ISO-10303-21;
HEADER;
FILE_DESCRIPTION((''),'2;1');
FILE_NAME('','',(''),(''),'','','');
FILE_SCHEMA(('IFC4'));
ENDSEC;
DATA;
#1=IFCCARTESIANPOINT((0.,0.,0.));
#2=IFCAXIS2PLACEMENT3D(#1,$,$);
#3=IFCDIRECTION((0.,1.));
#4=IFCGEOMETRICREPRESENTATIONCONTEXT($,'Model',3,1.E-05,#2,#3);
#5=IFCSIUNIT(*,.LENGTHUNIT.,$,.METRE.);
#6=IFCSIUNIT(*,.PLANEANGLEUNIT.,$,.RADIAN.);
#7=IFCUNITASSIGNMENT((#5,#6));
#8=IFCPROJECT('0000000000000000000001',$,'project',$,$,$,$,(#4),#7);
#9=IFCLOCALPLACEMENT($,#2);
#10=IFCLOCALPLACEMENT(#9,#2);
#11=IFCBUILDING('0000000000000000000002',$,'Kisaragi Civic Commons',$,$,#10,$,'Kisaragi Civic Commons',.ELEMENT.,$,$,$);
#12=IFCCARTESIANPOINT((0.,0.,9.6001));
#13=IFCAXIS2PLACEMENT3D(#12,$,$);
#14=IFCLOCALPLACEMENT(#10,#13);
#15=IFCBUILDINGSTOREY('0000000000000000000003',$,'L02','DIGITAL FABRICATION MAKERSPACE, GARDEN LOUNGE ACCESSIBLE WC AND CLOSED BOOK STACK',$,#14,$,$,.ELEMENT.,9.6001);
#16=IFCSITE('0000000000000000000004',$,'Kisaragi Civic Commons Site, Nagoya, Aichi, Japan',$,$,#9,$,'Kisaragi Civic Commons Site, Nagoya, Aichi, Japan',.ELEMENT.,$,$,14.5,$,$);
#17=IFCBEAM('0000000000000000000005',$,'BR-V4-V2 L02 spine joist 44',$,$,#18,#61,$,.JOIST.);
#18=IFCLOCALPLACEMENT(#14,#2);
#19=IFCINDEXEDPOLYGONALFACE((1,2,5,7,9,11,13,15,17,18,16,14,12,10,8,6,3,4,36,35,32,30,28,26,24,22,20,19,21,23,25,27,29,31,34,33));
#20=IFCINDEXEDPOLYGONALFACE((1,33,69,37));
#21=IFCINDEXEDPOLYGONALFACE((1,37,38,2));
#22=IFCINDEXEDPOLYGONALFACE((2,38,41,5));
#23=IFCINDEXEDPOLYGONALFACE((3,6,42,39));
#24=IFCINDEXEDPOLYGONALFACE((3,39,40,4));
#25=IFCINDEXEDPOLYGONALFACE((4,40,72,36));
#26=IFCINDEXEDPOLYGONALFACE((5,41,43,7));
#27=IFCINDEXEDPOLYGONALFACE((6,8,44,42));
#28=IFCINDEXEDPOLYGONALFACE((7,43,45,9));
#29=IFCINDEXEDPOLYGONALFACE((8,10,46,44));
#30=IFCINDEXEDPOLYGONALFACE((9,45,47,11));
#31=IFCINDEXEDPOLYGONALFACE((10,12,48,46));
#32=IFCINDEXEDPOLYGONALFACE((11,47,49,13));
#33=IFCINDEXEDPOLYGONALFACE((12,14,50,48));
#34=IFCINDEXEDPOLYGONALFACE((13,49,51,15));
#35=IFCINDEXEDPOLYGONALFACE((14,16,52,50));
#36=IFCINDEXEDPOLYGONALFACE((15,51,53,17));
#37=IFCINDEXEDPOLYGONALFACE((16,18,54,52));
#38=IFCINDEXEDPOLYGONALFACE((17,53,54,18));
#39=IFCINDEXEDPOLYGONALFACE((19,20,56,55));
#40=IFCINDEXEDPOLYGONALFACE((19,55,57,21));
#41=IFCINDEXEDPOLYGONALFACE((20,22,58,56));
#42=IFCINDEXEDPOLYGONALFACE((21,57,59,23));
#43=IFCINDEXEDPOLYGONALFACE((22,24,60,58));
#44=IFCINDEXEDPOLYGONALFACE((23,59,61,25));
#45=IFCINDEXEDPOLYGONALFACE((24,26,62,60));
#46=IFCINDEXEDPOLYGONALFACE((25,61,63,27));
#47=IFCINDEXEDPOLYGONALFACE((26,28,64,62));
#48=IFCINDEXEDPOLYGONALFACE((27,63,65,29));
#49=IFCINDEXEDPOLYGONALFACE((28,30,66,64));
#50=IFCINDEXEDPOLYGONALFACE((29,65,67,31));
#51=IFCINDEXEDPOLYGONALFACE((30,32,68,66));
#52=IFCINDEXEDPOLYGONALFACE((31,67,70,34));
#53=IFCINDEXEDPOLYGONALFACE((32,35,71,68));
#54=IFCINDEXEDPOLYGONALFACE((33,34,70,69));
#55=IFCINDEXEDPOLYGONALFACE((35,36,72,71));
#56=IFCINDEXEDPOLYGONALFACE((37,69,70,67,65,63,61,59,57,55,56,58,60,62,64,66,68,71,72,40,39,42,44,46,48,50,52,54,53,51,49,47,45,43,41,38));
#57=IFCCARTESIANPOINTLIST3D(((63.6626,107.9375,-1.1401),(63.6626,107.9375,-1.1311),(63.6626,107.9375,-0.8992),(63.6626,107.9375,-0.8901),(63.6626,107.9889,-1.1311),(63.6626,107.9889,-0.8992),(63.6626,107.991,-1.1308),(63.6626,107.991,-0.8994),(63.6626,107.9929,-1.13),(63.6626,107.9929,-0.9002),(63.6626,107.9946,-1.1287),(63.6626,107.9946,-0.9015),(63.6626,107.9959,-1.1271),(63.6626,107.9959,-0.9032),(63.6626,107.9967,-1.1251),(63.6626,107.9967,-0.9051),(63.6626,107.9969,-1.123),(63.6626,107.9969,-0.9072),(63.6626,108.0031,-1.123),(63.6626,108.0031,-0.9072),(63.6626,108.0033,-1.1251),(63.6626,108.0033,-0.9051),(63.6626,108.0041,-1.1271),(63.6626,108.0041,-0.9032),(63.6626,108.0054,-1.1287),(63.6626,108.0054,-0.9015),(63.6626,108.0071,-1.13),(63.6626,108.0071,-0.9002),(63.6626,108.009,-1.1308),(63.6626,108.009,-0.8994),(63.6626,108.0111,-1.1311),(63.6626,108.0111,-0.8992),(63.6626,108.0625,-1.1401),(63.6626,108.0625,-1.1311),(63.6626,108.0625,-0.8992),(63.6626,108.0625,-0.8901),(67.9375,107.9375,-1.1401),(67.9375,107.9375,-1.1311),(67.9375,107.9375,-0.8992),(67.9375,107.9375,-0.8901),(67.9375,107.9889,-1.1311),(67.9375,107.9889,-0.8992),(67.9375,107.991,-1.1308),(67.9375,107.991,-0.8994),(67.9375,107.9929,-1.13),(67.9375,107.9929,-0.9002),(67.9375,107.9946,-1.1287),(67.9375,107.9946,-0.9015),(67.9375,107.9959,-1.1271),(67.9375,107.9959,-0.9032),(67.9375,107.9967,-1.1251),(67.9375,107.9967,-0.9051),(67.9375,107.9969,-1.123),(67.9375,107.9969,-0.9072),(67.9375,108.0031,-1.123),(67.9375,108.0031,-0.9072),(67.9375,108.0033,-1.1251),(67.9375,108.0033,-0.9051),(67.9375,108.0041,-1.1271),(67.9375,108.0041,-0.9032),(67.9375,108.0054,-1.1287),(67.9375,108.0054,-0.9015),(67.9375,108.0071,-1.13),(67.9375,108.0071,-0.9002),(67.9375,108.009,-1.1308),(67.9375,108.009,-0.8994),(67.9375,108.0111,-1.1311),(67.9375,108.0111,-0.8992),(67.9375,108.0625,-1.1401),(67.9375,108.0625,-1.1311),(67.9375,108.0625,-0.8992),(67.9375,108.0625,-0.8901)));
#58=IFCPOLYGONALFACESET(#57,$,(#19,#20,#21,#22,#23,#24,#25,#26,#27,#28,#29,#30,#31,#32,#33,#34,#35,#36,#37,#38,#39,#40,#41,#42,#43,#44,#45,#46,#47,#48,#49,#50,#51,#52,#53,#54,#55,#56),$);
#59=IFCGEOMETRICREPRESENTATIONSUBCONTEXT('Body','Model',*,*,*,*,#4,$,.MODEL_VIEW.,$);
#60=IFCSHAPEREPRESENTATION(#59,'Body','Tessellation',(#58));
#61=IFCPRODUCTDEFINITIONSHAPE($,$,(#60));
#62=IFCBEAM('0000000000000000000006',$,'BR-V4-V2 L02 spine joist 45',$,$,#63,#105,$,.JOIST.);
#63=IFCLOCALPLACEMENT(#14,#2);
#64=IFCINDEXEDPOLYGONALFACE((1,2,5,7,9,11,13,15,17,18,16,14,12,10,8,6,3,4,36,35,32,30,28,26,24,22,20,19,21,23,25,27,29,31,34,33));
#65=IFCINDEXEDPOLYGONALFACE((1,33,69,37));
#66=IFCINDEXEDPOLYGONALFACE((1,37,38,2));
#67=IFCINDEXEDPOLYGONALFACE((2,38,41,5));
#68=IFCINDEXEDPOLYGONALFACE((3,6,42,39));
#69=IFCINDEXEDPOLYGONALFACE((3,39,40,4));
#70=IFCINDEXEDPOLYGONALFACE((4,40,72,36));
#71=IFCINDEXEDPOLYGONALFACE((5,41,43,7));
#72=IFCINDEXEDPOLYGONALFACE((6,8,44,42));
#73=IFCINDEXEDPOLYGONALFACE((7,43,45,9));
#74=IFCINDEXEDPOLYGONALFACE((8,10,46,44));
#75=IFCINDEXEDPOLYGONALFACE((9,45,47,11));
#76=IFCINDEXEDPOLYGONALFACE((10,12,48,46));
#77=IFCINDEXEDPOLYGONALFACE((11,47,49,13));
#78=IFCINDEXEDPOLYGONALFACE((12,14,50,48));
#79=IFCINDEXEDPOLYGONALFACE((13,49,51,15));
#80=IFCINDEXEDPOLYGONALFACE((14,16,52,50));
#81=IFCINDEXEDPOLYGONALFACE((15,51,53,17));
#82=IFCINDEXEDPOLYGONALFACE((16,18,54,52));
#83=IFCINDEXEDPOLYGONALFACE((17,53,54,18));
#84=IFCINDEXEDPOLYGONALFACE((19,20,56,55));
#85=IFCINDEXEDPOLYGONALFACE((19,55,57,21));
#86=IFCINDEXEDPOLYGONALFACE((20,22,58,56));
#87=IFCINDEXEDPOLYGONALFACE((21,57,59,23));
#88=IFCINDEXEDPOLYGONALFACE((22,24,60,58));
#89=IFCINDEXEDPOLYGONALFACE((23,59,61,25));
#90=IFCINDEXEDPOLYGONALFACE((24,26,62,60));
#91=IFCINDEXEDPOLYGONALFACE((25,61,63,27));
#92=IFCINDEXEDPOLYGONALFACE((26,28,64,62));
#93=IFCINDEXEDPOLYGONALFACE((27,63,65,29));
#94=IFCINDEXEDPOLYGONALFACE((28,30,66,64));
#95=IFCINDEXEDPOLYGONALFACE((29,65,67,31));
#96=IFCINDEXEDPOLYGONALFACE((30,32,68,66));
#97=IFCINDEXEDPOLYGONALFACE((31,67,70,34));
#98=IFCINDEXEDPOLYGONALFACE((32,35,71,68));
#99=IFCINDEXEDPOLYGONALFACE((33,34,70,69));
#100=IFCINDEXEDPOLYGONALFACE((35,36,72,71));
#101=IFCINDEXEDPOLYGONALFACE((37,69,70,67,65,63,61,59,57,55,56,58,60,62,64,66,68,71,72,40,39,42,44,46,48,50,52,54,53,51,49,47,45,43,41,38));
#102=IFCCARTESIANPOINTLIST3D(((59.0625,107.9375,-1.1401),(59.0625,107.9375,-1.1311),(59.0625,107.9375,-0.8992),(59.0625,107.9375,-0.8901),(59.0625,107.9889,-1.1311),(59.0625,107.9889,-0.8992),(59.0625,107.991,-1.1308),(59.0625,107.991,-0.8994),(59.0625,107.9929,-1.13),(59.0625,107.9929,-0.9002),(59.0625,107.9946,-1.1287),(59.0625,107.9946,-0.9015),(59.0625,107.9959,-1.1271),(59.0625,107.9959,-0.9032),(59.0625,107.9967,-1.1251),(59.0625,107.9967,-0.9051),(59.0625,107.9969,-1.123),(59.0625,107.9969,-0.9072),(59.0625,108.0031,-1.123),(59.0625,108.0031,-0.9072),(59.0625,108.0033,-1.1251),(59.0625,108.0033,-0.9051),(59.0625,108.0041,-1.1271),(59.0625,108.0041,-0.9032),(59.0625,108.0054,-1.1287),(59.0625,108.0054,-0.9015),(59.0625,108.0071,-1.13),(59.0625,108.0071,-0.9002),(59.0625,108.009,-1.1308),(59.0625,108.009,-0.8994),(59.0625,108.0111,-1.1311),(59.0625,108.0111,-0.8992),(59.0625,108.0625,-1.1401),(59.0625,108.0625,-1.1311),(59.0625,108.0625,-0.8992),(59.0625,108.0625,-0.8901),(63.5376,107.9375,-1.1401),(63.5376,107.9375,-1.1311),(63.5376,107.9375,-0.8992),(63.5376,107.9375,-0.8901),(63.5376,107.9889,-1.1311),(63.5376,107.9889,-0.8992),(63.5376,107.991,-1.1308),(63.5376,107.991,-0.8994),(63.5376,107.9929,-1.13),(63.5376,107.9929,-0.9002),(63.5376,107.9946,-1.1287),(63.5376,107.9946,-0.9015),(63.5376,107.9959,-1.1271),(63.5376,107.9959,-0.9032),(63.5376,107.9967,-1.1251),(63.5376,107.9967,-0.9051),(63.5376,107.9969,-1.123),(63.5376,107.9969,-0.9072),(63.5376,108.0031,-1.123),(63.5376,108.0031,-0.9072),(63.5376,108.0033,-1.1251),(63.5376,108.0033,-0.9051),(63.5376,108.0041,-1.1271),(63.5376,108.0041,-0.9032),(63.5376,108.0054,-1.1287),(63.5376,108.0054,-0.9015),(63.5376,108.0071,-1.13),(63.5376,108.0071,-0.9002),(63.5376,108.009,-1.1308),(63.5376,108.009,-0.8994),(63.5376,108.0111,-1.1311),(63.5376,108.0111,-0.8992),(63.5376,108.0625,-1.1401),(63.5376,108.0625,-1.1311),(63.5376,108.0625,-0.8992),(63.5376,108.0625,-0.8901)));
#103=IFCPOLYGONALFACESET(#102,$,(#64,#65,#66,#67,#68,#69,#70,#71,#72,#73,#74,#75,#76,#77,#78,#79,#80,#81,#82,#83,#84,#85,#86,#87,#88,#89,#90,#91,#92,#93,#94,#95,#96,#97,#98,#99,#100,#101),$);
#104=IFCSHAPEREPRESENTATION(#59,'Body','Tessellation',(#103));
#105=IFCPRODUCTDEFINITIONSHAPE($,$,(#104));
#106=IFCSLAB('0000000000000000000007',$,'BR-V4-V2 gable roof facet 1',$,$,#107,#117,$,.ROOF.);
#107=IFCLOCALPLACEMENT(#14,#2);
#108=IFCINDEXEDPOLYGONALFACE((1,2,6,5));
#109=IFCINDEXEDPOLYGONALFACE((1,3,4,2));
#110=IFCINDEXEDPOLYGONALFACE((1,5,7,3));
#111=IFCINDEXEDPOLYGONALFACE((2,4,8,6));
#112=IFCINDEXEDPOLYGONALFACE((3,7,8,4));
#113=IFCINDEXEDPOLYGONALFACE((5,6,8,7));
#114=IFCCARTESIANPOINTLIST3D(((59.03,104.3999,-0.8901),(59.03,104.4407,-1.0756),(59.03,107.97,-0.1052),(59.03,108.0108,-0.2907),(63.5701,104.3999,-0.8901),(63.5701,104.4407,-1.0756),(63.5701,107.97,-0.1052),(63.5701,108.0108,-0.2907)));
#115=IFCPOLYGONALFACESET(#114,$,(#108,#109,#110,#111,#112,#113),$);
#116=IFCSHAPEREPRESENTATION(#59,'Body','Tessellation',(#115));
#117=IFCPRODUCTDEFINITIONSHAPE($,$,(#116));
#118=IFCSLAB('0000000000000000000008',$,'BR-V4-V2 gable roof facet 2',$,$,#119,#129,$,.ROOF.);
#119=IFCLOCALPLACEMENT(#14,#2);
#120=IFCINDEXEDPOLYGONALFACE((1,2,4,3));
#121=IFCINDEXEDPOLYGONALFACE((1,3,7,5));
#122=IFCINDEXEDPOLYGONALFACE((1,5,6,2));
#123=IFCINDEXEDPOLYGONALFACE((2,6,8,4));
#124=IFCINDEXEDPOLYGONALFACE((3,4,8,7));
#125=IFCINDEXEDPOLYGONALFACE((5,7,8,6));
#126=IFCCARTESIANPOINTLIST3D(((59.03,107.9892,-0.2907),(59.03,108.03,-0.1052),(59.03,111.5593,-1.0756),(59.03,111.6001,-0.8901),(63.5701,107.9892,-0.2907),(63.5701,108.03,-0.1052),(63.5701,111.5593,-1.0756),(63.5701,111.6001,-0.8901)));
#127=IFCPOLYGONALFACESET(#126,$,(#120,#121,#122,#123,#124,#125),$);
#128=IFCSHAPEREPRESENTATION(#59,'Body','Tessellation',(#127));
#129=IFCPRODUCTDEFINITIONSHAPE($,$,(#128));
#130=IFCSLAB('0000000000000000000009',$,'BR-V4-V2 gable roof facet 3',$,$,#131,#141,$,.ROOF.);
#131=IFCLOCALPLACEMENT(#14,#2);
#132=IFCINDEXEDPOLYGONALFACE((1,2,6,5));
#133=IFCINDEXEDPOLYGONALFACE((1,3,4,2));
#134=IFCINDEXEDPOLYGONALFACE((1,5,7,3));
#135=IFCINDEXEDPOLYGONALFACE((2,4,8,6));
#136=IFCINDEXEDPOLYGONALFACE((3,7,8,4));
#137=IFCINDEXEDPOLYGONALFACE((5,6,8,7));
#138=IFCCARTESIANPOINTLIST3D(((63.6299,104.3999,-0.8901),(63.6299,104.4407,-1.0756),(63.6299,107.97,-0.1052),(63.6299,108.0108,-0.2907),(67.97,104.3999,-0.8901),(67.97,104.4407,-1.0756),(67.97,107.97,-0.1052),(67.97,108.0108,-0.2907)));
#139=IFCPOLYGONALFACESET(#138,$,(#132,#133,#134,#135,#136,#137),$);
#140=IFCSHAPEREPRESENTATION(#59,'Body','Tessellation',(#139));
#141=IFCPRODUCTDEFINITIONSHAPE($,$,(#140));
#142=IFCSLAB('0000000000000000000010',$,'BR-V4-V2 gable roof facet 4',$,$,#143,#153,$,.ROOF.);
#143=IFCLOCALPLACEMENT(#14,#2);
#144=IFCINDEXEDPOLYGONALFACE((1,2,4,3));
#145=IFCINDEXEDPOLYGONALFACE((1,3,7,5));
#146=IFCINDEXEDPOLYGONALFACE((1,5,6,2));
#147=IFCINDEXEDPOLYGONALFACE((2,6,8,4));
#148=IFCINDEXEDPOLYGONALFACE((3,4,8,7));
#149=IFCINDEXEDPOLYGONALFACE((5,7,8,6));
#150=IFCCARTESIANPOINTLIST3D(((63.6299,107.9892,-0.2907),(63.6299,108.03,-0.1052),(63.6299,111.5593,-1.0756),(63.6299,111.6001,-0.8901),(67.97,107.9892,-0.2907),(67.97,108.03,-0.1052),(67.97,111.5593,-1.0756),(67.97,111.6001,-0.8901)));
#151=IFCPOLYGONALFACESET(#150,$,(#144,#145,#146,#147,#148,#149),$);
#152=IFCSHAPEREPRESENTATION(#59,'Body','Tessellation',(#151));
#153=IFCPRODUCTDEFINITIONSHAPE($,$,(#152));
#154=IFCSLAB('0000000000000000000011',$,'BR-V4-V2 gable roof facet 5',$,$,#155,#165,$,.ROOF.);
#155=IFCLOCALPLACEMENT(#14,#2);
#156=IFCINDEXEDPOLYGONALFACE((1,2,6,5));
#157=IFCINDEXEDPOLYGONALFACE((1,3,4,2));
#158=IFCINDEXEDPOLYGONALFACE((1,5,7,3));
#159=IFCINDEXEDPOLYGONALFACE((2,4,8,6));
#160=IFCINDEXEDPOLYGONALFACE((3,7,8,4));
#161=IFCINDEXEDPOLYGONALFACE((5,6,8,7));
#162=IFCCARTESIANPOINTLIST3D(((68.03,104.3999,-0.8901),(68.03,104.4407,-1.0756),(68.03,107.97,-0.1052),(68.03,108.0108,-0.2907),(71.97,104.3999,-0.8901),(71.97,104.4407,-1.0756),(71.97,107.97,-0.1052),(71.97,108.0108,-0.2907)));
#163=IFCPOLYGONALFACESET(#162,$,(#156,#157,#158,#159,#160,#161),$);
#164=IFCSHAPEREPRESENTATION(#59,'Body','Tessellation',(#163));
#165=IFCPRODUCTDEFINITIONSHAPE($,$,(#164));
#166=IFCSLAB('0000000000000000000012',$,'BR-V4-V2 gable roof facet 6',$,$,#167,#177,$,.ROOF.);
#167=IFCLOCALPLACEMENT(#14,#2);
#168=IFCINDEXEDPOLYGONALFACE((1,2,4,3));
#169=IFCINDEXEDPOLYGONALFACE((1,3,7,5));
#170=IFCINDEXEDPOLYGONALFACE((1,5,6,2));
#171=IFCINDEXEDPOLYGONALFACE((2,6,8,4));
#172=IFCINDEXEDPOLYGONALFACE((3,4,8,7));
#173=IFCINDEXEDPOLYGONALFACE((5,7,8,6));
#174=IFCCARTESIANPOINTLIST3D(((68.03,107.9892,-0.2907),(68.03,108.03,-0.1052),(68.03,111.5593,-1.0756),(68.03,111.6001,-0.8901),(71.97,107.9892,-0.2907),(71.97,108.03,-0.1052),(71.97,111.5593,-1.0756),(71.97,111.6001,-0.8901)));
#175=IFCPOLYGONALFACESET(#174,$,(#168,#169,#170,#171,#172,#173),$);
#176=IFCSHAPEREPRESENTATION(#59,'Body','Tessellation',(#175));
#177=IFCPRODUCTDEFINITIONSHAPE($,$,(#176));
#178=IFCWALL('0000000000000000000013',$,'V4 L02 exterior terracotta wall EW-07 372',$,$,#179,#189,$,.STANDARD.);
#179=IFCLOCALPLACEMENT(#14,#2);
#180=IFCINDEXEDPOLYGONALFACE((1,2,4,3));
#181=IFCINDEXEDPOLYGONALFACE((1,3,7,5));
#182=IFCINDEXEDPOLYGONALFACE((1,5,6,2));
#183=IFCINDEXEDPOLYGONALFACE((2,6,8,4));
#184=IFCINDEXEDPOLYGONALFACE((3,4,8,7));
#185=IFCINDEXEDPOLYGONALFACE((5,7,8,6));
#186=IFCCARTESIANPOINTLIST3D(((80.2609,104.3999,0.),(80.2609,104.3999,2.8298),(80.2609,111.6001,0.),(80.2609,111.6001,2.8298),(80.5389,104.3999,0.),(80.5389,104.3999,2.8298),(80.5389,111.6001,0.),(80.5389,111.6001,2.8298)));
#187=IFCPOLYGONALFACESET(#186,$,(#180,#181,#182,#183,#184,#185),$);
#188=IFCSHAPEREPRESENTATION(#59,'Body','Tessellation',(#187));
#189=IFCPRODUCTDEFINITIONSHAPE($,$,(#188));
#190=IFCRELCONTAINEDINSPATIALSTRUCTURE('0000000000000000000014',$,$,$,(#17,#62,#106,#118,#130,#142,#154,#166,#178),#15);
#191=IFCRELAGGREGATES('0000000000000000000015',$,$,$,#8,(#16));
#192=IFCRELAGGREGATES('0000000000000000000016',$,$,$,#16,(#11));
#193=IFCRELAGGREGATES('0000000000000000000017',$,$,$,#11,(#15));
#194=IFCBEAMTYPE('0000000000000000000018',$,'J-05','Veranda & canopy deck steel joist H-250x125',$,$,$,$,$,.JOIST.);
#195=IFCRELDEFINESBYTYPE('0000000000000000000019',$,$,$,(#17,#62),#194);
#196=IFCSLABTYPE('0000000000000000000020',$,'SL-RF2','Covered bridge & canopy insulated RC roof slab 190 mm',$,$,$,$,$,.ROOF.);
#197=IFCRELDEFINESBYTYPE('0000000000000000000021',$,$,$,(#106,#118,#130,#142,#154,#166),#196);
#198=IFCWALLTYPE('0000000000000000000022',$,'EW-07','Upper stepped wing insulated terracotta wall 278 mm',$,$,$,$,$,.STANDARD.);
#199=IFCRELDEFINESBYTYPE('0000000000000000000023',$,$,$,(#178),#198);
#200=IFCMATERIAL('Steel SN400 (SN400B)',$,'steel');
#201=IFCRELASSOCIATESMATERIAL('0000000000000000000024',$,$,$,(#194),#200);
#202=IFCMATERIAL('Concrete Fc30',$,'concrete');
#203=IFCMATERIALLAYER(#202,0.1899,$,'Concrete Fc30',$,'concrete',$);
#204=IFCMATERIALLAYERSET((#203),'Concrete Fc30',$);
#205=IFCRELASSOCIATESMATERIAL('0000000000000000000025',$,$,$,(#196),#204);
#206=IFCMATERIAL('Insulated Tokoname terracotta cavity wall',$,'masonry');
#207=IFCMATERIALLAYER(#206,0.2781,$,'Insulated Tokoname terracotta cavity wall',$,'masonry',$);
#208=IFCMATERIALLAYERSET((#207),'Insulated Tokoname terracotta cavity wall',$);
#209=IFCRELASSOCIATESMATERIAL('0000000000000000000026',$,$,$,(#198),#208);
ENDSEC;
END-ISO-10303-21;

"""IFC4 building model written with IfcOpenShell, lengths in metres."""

from ifc_helpers import new_model, si_unit, direction, frame, frame_2d, origin, origin_2d, place, context, subcontext, project, spatial, polyline, rectangle, i_section, outline, extrude, material, layer, layer_set, material_profile, profile_set, type_object, element, save


model = new_model("IFC4")

# Units and contexts
model_context = context("Model", 3, precision=1e-05, world=origin(), true_north=direction((0.0, 1.0)))
body_context = subcontext(model_context, "Body", "Model", "MODEL_VIEW")
ifc_project = project(units=[si_unit("LENGTHUNIT", "METRE"), si_unit("PLANEANGLEUNIT", "RADIAN")], contexts=[model_context])

# Site, building, storey
site_placement = place(None, origin())
site = spatial("IfcSite", under=ifc_project, at=site_placement, Name="Kisaragi Civic Commons Site, Nagoya, Aichi, Japan", LongName="Kisaragi Civic Commons Site, Nagoya, Aichi, Japan", CompositionType="ELEMENT", RefElevation=14.5)
building_placement = place(site_placement, origin())
building = spatial("IfcBuilding", under=site, at=building_placement, Name="Kisaragi Civic Commons", LongName="Kisaragi Civic Commons", CompositionType="ELEMENT")
storey_placement = place(building_placement, frame((0.0, 0.0, 9.6001)))
storey = spatial("IfcBuildingStorey", under=building, at=storey_placement, Name="L02", Description="DIGITAL FABRICATION MAKERSPACE, GARDEN LOUNGE ACCESSIBLE WC AND CLOSED BOOK STACK", CompositionType="ELEMENT", Elevation=9.6001)

# Beams
ifc_material_1 = material(Name="Steel SN400 (SN400B)", Category="steel")
ifc_material_profile_1 = material_profile(ifc_material_1, i_section(OverallWidth=0.125, OverallDepth=0.25, WebThickness=0.0061, FlangeThickness=0.009, FilletRadius=0.0081, at=origin_2d()), Name="H-250x125x6x9", Category="steel")
ifc_profile_set_1 = profile_set([ifc_material_profile_1], Name="Steel SN400 (SN400B)")
beam_type_1 = type_object("IfcBeamType", Name="J-05", Description="Veranda & canopy deck steel joist H-250x125", PredefinedType="JOIST", material=ifc_profile_set_1)
beam_1_placement = place(storey_placement, frame((67.9375, 108.0, -1.0151), z_axis=(-1.0, 0.0, 0.0), x_axis=(0.0, -1.0, 0.0)))
element("IfcBeam", 1, at=beam_1_placement, inside=storey, type_object=beam_type_1, Name="BR-V4-V2 L02 spine joist 44", PredefinedType="JOIST", context=body_context, shape_type="SweptSolid", body=[
    extrude(i_section(OverallWidth=0.125, OverallDepth=0.25, WebThickness=0.0061, FlangeThickness=0.009, FilletRadius=0.0081, at=origin_2d()), origin(), (0.0, 0.0, 1.0), 4.2749),
])
beam_2_placement = place(storey_placement, frame((63.5376, 108.0, -1.0151), z_axis=(-1.0, 0.0, 0.0), x_axis=(0.0, -1.0, 0.0)))
element("IfcBeam", 2, at=beam_2_placement, inside=storey, type_object=beam_type_1, Name="BR-V4-V2 L02 spine joist 45", PredefinedType="JOIST", context=body_context, shape_type="SweptSolid", body=[
    extrude(i_section(OverallWidth=0.125, OverallDepth=0.25, WebThickness=0.0061, FlangeThickness=0.009, FilletRadius=0.0081, at=origin_2d()), origin(), (0.0, 0.0, 1.0), 4.4751),
])

# Slabs
ifc_material_2 = material(Name="Concrete Fc30", Category="concrete")
ifc_layer_1 = layer(ifc_material_2, 0.1899, Name="Concrete Fc30", Category="concrete")
ifc_layer_set_1 = layer_set([ifc_layer_1], Name="Concrete Fc30")
slab_type = type_object("IfcSlabType", Name="SL-RF2", Description="Covered bridge & canopy insulated RC roof slab 190 mm", PredefinedType="ROOF", material=ifc_layer_set_1)
for number, where, z_axis, x_axis, name in (
    (3, (59.03, 104.3999, -0.8901), (0.0, -0.214731, 0.976673), (1.0, 0.0, 0.0), "BR-V4-V2 gable roof facet 1"),
    (4, (59.03, 108.03, -0.1052), (0.0, 0.214731, 0.976673), (1.0, 0.0, 0.0), "BR-V4-V2 gable roof facet 2"),
):
    element("IfcSlab", number, at=place(storey_placement, frame(where, z_axis=z_axis, x_axis=x_axis)), inside=storey, type_object=slab_type, Name=name, PredefinedType="ROOF", context=body_context, shape_type="SweptSolid", body=[
        extrude(outline(polyline([(0.0, 0.0), (4.54, 0.0), (4.54, 3.6553), (0.0, 3.6553), (0.0, 0.0)])), origin(), (0.0, 0.0, -1.0), 0.1899),
    ])
for number, where, z_axis, x_axis, name in (
    (5, (63.6299, 104.3999, -0.8901), (0.0, -0.214731, 0.976673), (1.0, 0.0, 0.0), "BR-V4-V2 gable roof facet 3"),
    (6, (63.6299, 108.03, -0.1052), (0.0, 0.214731, 0.976673), (1.0, 0.0, 0.0), "BR-V4-V2 gable roof facet 4"),
):
    element("IfcSlab", number, at=place(storey_placement, frame(where, z_axis=z_axis, x_axis=x_axis)), inside=storey, type_object=slab_type, Name=name, PredefinedType="ROOF", context=body_context, shape_type="SweptSolid", body=[
        extrude(outline(polyline([(0.0, 0.0), (4.3401, 0.0), (4.3401, 3.6553), (0.0, 3.6553), (0.0, 0.0)])), origin(), (0.0, 0.0, -1.0), 0.1899),
    ])
for number, where, z_axis, x_axis, name in (
    (7, (68.03, 104.3999, -0.8901), (0.0, -0.214731, 0.976673), (1.0, 0.0, 0.0), "BR-V4-V2 gable roof facet 5"),
    (8, (68.03, 108.03, -0.1052), (0.0, 0.214731, 0.976673), (1.0, 0.0, 0.0), "BR-V4-V2 gable roof facet 6"),
):
    element("IfcSlab", number, at=place(storey_placement, frame(where, z_axis=z_axis, x_axis=x_axis)), inside=storey, type_object=slab_type, Name=name, PredefinedType="ROOF", context=body_context, shape_type="SweptSolid", body=[
        extrude(outline(polyline([(0.0, 0.0), (3.9399, 0.0), (3.9399, 3.6553), (0.0, 3.6553), (0.0, 0.0)])), origin(), (0.0, 0.0, -1.0), 0.1899),
    ])

# Wall
ifc_material_3 = material(Name="Insulated Tokoname terracotta cavity wall", Category="masonry")
ifc_layer_2 = layer(ifc_material_3, 0.2781, Name="Insulated Tokoname terracotta cavity wall", Category="masonry")
ifc_layer_set_2 = layer_set([ifc_layer_2], Name="Insulated Tokoname terracotta cavity wall")
wall_type_1 = type_object("IfcWallType", Name="EW-07", Description="Upper stepped wing insulated terracotta wall 278 mm", PredefinedType="STANDARD", material=ifc_layer_set_2)
wall_1_placement = place(storey_placement, frame((80.3999, 104.3999, 0.0), z_axis=(0.0, 0.0, 1.0), x_axis=(0.0, 1.0, 0.0)))
element("IfcWall", 9, at=wall_1_placement, inside=storey, type_object=wall_type_1, Name="V4 L02 exterior terracotta wall EW-07 372", PredefinedType="STANDARD", context=body_context, shape_type="SweptSolid", body=[
    extrude(rectangle(XDim=7.2002, YDim=0.2781, at=frame_2d((3.6001, 0.0))), origin(), (0.0, 0.0, 1.0), 2.8298),
])

save(model, "model.ifc")
